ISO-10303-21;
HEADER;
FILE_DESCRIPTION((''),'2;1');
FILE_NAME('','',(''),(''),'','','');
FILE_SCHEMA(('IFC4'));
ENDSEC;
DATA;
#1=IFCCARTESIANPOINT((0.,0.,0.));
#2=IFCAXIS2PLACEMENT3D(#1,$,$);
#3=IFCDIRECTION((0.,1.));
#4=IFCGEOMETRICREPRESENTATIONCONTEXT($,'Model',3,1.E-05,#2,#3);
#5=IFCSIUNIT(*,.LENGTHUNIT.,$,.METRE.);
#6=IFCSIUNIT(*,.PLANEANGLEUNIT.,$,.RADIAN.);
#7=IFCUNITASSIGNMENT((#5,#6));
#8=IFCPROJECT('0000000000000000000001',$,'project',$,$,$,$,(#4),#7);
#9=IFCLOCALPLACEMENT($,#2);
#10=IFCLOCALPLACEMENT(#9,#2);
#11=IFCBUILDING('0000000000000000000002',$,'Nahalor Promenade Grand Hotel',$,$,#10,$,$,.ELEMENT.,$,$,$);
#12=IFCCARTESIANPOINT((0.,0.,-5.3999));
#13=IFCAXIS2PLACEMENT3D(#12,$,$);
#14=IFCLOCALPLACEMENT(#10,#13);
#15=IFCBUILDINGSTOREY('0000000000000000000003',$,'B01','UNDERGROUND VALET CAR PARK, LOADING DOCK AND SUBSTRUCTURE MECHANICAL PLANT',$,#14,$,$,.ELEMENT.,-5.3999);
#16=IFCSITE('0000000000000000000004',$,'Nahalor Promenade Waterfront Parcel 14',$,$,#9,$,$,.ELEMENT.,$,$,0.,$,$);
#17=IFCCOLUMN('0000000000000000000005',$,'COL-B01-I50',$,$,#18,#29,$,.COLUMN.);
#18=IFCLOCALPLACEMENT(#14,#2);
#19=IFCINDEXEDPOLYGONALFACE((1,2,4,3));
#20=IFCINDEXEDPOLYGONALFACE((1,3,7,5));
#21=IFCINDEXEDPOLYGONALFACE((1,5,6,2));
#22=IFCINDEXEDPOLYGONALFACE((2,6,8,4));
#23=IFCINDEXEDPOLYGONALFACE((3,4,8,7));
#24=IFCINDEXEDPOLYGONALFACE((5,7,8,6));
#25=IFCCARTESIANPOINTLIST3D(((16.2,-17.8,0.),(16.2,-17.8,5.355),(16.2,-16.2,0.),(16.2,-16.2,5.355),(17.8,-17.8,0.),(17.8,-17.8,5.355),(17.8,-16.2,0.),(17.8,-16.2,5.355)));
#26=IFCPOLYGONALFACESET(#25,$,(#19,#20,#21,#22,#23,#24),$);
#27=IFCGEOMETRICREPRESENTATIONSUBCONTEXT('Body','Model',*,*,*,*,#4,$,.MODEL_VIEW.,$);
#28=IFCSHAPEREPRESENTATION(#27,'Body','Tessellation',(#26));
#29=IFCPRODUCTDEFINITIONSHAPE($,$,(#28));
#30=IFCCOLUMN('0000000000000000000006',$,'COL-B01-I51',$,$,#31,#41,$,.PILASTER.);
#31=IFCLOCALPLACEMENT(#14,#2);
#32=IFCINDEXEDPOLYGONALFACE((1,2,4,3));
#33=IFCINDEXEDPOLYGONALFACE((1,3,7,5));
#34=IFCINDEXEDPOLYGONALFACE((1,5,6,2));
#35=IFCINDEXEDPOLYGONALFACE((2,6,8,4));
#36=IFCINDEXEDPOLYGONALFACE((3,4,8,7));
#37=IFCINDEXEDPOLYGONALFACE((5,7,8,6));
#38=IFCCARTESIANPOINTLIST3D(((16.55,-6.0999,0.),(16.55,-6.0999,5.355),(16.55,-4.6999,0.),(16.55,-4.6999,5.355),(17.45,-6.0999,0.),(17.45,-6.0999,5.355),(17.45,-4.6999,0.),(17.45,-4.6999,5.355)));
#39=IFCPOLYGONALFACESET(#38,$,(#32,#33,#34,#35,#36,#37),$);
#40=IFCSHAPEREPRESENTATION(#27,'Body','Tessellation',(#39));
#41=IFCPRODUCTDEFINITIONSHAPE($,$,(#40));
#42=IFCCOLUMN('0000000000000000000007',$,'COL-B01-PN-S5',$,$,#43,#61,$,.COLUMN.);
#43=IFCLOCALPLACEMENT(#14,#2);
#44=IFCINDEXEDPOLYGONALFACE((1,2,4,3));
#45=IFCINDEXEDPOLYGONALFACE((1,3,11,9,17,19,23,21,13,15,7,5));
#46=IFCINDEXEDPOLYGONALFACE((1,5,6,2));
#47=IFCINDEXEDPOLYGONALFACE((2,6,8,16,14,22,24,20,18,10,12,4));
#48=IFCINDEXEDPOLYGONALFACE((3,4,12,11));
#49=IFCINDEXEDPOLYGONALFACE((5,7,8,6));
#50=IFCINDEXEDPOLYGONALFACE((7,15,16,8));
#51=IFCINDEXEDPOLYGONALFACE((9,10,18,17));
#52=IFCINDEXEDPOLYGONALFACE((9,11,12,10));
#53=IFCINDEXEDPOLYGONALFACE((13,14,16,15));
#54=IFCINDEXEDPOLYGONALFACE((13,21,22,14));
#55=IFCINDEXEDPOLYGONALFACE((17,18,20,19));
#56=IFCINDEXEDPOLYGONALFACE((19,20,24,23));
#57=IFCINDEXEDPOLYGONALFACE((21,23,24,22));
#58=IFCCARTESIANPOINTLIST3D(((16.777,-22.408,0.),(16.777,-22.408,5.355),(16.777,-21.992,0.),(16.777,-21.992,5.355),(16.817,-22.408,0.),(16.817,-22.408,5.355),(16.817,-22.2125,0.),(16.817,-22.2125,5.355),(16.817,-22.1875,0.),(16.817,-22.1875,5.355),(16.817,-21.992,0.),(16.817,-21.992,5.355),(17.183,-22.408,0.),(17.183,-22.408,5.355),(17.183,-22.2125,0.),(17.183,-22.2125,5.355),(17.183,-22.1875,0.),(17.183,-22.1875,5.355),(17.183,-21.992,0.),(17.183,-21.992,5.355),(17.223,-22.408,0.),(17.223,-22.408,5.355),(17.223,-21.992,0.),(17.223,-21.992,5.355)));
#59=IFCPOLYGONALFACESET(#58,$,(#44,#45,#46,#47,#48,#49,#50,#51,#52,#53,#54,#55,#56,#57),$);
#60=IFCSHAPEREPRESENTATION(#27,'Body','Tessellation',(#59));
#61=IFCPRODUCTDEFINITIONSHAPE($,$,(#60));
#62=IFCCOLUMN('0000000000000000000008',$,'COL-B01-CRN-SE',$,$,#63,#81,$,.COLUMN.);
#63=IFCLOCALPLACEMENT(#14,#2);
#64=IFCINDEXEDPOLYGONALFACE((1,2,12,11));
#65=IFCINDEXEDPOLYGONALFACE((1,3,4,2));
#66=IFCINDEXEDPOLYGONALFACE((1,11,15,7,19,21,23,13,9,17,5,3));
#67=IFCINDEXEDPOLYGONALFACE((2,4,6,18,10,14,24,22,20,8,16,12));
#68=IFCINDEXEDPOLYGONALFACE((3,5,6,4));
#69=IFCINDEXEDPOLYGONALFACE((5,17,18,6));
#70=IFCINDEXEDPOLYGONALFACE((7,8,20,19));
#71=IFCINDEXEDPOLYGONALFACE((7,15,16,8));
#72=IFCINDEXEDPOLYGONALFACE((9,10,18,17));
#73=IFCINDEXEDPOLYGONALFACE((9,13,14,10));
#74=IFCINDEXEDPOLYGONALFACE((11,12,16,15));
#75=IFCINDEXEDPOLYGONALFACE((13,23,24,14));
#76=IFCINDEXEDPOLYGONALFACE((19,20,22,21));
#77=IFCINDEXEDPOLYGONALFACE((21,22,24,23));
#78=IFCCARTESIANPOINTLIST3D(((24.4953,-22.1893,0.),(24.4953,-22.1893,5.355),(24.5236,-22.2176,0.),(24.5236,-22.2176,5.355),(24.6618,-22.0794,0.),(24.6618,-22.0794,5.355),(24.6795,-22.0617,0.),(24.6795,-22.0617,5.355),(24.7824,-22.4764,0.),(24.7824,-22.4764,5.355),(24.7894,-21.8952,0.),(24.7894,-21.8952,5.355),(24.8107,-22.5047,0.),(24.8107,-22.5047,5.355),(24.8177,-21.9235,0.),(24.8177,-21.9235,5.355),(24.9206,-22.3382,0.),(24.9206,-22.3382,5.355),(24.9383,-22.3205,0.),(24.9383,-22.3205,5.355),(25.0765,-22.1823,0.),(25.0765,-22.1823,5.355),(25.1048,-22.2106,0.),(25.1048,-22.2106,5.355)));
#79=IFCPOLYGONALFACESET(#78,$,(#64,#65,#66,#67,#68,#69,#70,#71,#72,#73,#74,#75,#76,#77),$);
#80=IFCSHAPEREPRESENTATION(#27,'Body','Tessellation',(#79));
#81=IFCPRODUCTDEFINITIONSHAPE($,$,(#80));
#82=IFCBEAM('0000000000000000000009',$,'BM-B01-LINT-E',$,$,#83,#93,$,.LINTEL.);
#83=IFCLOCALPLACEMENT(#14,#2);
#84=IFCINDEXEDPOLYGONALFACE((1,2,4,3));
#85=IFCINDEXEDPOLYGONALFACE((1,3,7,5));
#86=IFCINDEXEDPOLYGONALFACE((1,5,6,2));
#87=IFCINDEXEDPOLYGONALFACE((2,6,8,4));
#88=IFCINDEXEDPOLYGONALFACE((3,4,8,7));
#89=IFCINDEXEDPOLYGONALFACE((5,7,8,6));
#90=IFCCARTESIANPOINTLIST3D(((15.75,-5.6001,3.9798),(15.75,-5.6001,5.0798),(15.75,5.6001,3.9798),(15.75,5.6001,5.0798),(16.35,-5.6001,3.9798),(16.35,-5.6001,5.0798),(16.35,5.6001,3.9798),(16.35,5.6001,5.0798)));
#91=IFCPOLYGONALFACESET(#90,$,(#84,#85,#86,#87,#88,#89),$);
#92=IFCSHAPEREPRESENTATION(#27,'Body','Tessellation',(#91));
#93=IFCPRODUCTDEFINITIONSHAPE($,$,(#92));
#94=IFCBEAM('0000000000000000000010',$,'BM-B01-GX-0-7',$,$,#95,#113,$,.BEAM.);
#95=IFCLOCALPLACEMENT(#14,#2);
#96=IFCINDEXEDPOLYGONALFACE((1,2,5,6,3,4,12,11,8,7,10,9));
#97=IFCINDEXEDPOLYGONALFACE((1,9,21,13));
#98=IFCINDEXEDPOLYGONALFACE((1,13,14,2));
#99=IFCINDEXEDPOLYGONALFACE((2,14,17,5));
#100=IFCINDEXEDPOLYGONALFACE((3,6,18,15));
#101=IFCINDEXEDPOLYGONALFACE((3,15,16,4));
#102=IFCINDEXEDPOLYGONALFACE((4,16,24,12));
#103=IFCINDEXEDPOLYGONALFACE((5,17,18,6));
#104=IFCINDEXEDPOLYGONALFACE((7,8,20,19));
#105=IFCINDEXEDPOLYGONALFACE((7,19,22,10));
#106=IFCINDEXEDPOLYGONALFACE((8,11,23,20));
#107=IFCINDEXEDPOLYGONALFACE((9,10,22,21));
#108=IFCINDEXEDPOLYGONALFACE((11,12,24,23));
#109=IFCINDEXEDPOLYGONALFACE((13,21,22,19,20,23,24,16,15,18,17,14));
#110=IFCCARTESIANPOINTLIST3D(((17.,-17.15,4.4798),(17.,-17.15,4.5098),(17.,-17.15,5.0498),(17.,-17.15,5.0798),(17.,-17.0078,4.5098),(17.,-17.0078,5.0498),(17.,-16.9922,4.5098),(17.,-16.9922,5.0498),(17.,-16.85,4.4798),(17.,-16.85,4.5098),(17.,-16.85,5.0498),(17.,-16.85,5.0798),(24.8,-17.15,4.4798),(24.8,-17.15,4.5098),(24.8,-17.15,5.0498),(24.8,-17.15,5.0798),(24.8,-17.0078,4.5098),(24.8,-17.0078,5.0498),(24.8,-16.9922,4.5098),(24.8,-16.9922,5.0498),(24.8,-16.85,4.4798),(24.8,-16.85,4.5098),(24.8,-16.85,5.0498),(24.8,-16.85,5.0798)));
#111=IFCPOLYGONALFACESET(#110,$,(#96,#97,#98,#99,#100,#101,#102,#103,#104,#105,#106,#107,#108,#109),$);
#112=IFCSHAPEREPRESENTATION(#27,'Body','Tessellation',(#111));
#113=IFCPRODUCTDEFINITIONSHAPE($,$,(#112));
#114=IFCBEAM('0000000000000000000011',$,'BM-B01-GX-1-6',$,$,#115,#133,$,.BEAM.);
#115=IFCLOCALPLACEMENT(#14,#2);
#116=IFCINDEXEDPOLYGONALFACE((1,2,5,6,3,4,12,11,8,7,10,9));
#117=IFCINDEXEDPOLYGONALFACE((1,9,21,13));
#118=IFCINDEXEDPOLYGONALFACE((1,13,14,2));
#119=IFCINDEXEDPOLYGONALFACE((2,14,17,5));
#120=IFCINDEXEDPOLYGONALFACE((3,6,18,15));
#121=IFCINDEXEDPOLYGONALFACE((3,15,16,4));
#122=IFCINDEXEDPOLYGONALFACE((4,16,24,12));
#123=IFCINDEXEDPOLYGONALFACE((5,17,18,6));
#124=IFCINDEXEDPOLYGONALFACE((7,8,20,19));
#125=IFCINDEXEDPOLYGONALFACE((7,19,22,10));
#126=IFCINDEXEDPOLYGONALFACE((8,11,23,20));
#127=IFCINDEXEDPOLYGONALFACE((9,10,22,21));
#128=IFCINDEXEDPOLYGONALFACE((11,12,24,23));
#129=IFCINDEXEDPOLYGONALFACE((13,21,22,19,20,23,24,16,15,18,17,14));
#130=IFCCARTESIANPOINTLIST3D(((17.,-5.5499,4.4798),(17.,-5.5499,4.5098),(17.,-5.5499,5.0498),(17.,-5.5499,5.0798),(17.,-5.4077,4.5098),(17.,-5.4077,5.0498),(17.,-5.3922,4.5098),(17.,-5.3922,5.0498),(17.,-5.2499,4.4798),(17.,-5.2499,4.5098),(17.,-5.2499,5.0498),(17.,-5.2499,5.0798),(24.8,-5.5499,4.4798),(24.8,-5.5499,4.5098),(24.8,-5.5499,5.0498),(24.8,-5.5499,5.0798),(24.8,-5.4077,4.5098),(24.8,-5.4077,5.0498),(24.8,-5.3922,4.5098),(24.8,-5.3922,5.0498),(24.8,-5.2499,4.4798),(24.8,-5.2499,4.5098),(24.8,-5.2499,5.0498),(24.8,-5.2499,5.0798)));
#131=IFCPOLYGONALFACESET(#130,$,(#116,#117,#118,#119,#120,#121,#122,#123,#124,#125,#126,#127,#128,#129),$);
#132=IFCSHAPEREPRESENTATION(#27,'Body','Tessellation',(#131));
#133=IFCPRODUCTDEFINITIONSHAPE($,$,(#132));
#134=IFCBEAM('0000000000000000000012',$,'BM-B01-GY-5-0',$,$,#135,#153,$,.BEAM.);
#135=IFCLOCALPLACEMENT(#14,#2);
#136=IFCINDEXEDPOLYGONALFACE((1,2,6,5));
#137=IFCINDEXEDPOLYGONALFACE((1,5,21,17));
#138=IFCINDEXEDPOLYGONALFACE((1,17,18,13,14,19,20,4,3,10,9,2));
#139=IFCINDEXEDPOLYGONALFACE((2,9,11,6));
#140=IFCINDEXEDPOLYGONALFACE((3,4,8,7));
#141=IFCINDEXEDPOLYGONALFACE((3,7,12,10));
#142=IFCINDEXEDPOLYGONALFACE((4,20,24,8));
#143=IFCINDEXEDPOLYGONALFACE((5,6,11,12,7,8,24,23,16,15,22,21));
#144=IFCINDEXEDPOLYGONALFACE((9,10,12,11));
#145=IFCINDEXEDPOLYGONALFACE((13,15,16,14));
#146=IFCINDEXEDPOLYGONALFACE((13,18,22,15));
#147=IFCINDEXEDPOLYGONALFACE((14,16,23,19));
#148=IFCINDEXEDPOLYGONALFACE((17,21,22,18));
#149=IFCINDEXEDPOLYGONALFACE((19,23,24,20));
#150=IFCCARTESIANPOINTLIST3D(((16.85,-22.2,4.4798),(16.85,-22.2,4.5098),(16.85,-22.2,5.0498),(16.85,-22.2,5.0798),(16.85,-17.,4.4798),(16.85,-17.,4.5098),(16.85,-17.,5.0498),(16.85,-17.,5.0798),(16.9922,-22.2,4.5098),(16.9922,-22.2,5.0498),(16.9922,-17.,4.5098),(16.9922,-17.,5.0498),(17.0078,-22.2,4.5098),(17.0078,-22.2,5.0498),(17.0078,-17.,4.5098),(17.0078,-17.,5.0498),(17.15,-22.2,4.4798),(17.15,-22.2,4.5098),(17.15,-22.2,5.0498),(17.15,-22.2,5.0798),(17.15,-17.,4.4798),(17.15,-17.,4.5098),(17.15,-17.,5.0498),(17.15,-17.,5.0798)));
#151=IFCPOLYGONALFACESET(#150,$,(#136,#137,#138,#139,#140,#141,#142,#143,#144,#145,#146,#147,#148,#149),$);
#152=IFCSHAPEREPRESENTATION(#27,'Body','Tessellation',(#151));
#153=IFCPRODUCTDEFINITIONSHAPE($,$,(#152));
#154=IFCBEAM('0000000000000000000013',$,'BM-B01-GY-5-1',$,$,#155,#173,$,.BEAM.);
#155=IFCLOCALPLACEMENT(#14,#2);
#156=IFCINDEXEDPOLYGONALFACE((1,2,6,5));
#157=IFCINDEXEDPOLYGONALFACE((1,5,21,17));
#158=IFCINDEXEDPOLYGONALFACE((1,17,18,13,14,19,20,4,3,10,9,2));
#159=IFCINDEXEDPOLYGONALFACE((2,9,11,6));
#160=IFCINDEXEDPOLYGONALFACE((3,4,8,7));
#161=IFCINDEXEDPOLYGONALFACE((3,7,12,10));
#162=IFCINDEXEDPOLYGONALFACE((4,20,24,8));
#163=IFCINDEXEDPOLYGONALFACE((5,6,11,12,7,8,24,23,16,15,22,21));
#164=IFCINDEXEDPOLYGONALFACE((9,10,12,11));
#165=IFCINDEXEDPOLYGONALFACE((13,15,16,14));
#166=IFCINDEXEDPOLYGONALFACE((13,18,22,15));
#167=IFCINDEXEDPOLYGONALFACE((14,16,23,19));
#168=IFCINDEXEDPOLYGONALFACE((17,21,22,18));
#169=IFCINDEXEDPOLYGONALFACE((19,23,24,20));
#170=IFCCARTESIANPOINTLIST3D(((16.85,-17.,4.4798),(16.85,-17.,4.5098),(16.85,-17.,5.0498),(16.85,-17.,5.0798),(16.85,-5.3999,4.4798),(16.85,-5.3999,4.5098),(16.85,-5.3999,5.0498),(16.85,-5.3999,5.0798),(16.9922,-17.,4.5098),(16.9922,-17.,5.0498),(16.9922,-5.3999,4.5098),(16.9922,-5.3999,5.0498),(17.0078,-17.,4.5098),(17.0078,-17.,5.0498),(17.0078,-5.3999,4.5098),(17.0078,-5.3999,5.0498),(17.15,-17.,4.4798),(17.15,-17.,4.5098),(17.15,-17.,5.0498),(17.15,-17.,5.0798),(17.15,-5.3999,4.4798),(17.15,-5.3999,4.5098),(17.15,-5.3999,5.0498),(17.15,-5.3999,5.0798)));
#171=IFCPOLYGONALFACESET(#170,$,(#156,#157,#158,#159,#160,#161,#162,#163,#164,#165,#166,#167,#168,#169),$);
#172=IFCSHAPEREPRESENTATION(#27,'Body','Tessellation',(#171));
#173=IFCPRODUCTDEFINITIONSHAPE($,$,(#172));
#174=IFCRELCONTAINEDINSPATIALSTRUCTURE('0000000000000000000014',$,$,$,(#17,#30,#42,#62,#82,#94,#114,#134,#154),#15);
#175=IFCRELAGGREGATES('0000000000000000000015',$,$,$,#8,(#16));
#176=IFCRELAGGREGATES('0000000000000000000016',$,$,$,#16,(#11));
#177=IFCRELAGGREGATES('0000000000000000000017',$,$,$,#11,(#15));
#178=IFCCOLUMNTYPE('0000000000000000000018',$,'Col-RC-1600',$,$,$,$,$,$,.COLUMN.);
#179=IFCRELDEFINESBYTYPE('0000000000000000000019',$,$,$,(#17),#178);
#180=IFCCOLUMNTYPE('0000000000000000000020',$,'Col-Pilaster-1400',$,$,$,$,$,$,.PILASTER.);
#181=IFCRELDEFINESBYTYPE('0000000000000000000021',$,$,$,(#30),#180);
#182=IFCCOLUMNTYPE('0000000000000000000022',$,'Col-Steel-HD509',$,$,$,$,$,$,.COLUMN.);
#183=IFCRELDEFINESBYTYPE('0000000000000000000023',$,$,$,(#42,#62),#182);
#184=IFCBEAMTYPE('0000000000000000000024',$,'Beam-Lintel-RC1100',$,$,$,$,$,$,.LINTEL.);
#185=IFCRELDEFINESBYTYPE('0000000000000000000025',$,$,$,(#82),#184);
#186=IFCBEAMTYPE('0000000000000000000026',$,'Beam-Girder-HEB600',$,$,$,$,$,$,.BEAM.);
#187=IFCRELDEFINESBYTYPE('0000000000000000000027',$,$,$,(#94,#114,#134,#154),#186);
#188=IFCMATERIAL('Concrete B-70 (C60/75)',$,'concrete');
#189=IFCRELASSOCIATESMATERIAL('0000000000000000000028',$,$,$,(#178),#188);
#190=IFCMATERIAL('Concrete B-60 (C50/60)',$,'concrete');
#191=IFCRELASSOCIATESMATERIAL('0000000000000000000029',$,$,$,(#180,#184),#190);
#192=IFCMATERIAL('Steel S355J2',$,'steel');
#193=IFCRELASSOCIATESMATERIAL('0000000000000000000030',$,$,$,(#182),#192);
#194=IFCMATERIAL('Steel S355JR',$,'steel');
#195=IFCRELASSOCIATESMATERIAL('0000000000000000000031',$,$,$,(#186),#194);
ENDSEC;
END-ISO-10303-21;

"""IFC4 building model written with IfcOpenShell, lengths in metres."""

from ifc_helpers import new_model, si_unit, direction, frame, origin, origin_2d, place, context, subcontext, project, spatial, rectangle, i_section, extrude, source, transform, mapped, material, material_profile, profile_set, type_object, element, save


model = new_model("IFC4")

# Units and contexts
model_context = context("Model", 3, precision=1e-05, world=origin(), true_north=direction((0.0, 1.0)))
body_context = subcontext(model_context, "Body", "Model", "MODEL_VIEW")
ifc_project = project(units=[si_unit("LENGTHUNIT", "METRE"), si_unit("PLANEANGLEUNIT", "RADIAN")], contexts=[model_context])

# Site, building, storey
site_placement = place(None, origin())
site = spatial("IfcSite", under=ifc_project, at=site_placement, Name="Nahalor Promenade Waterfront Parcel 14", CompositionType="ELEMENT", RefElevation=0.0)
building_placement = place(site_placement, origin())
building = spatial("IfcBuilding", under=site, at=building_placement, Name="Nahalor Promenade Grand Hotel", CompositionType="ELEMENT")
storey_placement = place(building_placement, frame((0.0, 0.0, -5.3999)))
storey = spatial("IfcBuildingStorey", under=building, at=storey_placement, Name="B01", Description="UNDERGROUND VALET CAR PARK, LOADING DOCK AND SUBSTRUCTURE MECHANICAL PLANT", CompositionType="ELEMENT", Elevation=-5.3999)

# Columns
ifc_material_1 = material(Name="Concrete B-70 (C60/75)", Category="concrete")
ifc_material_profile_1 = material_profile(ifc_material_1, rectangle(XDim=1.6, YDim=1.6, at=origin_2d()), Name="RC 1600x1600")
ifc_profile_set_1 = profile_set([ifc_material_profile_1], Name="Concrete B-70 (C60/75)")
column_type_1 = type_object("IfcColumnType", Name="Col-RC-1600", PredefinedType="COLUMN", material=ifc_profile_set_1)
shared_shape_1 = source(origin(), body_context, "Body", "SweptSolid", [
    extrude(rectangle(XDim=1.6, YDim=1.6, at=origin_2d()), origin(), (0.0, 0.0, 1.0), 5.355),
])
column_1_placement = place(storey_placement, frame((17.0, -17.0, 0.0), z_axis=(0.0, 0.0, 1.0), x_axis=(1.0, 0.0, 0.0)))
element("IfcColumn", 1, at=column_1_placement, inside=storey, type_object=column_type_1, Name="COL-B01-I50", PredefinedType="COLUMN", context=body_context, shape_type="MappedRepresentation", body=[
    mapped(shared_shape_1, transform((0.0, 0.0, 0.0), scale=1.0)),
])
ifc_material_2 = material(Name="Concrete B-60 (C50/60)", Category="concrete")
ifc_material_profile_2 = material_profile(ifc_material_2, rectangle(XDim=0.9, YDim=1.4, at=origin_2d()), Name="RC 900x1400")
ifc_profile_set_2 = profile_set([ifc_material_profile_2], Name="Concrete B-60 (C50/60)")
column_type_2 = type_object("IfcColumnType", Name="Col-Pilaster-1400", PredefinedType="PILASTER", material=ifc_profile_set_2)
shared_shape_2 = source(origin(), body_context, "Body", "SweptSolid", [
    extrude(rectangle(XDim=0.9, YDim=1.4, at=origin_2d()), origin(), (0.0, 0.0, 1.0), 5.355),
])
column_2_placement = place(storey_placement, frame((17.0, -5.3999, 0.0), z_axis=(0.0, 0.0, 1.0), x_axis=(1.0, 0.0, 0.0)))
element("IfcColumn", 2, at=column_2_placement, inside=storey, type_object=column_type_2, Name="COL-B01-I51", PredefinedType="PILASTER", context=body_context, shape_type="MappedRepresentation", body=[
    mapped(shared_shape_2, transform((0.0, 0.0, 0.0), scale=1.0)),
])
ifc_material_3 = material(Name="Steel S355J2", Category="steel")
ifc_material_profile_3 = material_profile(ifc_material_3, i_section(OverallWidth=0.416, OverallDepth=0.446, WebThickness=0.025, FlangeThickness=0.04, at=origin_2d()), Name="HD 400x509")
ifc_profile_set_3 = profile_set([ifc_material_profile_3], Name="Steel S355J2")
column_type_3 = type_object("IfcColumnType", Name="Col-Steel-HD509", PredefinedType="COLUMN", material=ifc_profile_set_3)
shared_shape_3 = source(origin(), body_context, "Body", "SweptSolid", [
    extrude(i_section(OverallWidth=0.416, OverallDepth=0.446, WebThickness=0.025, FlangeThickness=0.04, at=origin_2d()), origin(), (0.0, 0.0, 1.0), 5.355),
])
for number, where, z_axis, x_axis, name in (
    (3, (17.0, -22.2, 0.0), (0.0, 0.0, 1.0), (0.0, 1.0, 0.0), "COL-B01-PN-S5"),
    (4, (24.8, -22.2, 0.0), (0.0, 0.0, 1.0), (0.707107, 0.707107, 0.0), "COL-B01-CRN-SE"),
):
    element("IfcColumn", number, at=place(storey_placement, frame(where, z_axis=z_axis, x_axis=x_axis)), inside=storey, type_object=column_type_3, Name=name, PredefinedType="COLUMN", context=body_context, shape_type="MappedRepresentation", body=[
        mapped(shared_shape_3, transform((0.0, 0.0, 0.0), scale=1.0)),
    ])

# Beams
ifc_material_profile_4 = material_profile(ifc_material_2, rectangle(XDim=0.6, YDim=1.1, at=origin_2d()), Name="RC 600x1100")
ifc_profile_set_4 = profile_set([ifc_material_profile_4], Name="Concrete B-60 (C50/60)")
beam_type_1 = type_object("IfcBeamType", Name="Beam-Lintel-RC1100", PredefinedType="LINTEL", material=ifc_profile_set_4)
shared_shape_4 = source(origin(), body_context, "Body", "SweptSolid", [
    extrude(rectangle(XDim=0.6, YDim=1.1, at=origin_2d()), origin(), (0.0, 0.0, 1.0), 11.2002),
])
beam_1_placement = place(storey_placement, frame((16.05, -5.6001, 4.5298), z_axis=(0.0, 1.0, 0.0), x_axis=(-1.0, 0.0, 0.0)))
element("IfcBeam", 5, at=beam_1_placement, inside=storey, type_object=beam_type_1, Name="BM-B01-LINT-E", PredefinedType="LINTEL", context=body_context, shape_type="MappedRepresentation", body=[
    mapped(shared_shape_4, transform((0.0, 0.0, 0.0), scale=1.0)),
])
ifc_material_4 = material(Name="Steel S355JR", Category="steel")
ifc_material_profile_5 = material_profile(ifc_material_4, i_section(OverallWidth=0.3, OverallDepth=0.6, WebThickness=0.0155, FlangeThickness=0.03, at=origin_2d()), Name="HEB 600")
ifc_profile_set_5 = profile_set([ifc_material_profile_5], Name="Steel S355JR")
beam_type_2 = type_object("IfcBeamType", Name="Beam-Girder-HEB600", PredefinedType="BEAM", material=ifc_profile_set_5)
shared_shape_5 = source(origin(), body_context, "Body", "SweptSolid", [
    extrude(i_section(OverallWidth=0.3, OverallDepth=0.6, WebThickness=0.0155, FlangeThickness=0.03, at=origin_2d()), origin(), (0.0, 0.0, 1.0), 7.8),
])
for number, where, z_axis, x_axis, name in (
    (6, (17.0, -17.0, 4.7798), (1.0, 0.0, 0.0), (0.0, 1.0, 0.0), "BM-B01-GX-0-7"),
    (7, (17.0, -5.3999, 4.7798), (1.0, 0.0, 0.0), (0.0, 1.0, 0.0), "BM-B01-GX-1-6"),
):
    element("IfcBeam", number, at=place(storey_placement, frame(where, z_axis=z_axis, x_axis=x_axis)), inside=storey, type_object=beam_type_2, Name=name, PredefinedType="BEAM", context=body_context, shape_type="MappedRepresentation", body=[
        mapped(shared_shape_5, transform((0.0, 0.0, 0.0), scale=1.0)),
    ])
shared_shape_6 = source(origin(), body_context, "Body", "SweptSolid", [
    extrude(i_section(OverallWidth=0.3, OverallDepth=0.6, WebThickness=0.0155, FlangeThickness=0.03, at=origin_2d()), origin(), (0.0, 0.0, 1.0), 5.2),
])
beam_2_placement = place(storey_placement, frame((17.0, -22.2, 4.7798), z_axis=(0.0, 1.0, 0.0), x_axis=(-1.0, 0.0, 0.0)))
element("IfcBeam", 8, at=beam_2_placement, inside=storey, type_object=beam_type_2, Name="BM-B01-GY-5-0", PredefinedType="BEAM", context=body_context, shape_type="MappedRepresentation", body=[
    mapped(shared_shape_6, transform((0.0, 0.0, 0.0), scale=1.0)),
])
shared_shape_7 = source(origin(), body_context, "Body", "SweptSolid", [
    extrude(i_section(OverallWidth=0.3, OverallDepth=0.6, WebThickness=0.0155, FlangeThickness=0.03, at=origin_2d()), origin(), (0.0, 0.0, 1.0), 11.6001),
])
beam_3_placement = place(storey_placement, frame((17.0, -17.0, 4.7798), z_axis=(0.0, 1.0, 0.0), x_axis=(-1.0, 0.0, 0.0)))
element("IfcBeam", 9, at=beam_3_placement, inside=storey, type_object=beam_type_2, Name="BM-B01-GY-5-1", PredefinedType="BEAM", context=body_context, shape_type="MappedRepresentation", body=[
    mapped(shared_shape_7, transform((0.0, 0.0, 0.0), scale=1.0)),
])

save(model, "model.ifc")
